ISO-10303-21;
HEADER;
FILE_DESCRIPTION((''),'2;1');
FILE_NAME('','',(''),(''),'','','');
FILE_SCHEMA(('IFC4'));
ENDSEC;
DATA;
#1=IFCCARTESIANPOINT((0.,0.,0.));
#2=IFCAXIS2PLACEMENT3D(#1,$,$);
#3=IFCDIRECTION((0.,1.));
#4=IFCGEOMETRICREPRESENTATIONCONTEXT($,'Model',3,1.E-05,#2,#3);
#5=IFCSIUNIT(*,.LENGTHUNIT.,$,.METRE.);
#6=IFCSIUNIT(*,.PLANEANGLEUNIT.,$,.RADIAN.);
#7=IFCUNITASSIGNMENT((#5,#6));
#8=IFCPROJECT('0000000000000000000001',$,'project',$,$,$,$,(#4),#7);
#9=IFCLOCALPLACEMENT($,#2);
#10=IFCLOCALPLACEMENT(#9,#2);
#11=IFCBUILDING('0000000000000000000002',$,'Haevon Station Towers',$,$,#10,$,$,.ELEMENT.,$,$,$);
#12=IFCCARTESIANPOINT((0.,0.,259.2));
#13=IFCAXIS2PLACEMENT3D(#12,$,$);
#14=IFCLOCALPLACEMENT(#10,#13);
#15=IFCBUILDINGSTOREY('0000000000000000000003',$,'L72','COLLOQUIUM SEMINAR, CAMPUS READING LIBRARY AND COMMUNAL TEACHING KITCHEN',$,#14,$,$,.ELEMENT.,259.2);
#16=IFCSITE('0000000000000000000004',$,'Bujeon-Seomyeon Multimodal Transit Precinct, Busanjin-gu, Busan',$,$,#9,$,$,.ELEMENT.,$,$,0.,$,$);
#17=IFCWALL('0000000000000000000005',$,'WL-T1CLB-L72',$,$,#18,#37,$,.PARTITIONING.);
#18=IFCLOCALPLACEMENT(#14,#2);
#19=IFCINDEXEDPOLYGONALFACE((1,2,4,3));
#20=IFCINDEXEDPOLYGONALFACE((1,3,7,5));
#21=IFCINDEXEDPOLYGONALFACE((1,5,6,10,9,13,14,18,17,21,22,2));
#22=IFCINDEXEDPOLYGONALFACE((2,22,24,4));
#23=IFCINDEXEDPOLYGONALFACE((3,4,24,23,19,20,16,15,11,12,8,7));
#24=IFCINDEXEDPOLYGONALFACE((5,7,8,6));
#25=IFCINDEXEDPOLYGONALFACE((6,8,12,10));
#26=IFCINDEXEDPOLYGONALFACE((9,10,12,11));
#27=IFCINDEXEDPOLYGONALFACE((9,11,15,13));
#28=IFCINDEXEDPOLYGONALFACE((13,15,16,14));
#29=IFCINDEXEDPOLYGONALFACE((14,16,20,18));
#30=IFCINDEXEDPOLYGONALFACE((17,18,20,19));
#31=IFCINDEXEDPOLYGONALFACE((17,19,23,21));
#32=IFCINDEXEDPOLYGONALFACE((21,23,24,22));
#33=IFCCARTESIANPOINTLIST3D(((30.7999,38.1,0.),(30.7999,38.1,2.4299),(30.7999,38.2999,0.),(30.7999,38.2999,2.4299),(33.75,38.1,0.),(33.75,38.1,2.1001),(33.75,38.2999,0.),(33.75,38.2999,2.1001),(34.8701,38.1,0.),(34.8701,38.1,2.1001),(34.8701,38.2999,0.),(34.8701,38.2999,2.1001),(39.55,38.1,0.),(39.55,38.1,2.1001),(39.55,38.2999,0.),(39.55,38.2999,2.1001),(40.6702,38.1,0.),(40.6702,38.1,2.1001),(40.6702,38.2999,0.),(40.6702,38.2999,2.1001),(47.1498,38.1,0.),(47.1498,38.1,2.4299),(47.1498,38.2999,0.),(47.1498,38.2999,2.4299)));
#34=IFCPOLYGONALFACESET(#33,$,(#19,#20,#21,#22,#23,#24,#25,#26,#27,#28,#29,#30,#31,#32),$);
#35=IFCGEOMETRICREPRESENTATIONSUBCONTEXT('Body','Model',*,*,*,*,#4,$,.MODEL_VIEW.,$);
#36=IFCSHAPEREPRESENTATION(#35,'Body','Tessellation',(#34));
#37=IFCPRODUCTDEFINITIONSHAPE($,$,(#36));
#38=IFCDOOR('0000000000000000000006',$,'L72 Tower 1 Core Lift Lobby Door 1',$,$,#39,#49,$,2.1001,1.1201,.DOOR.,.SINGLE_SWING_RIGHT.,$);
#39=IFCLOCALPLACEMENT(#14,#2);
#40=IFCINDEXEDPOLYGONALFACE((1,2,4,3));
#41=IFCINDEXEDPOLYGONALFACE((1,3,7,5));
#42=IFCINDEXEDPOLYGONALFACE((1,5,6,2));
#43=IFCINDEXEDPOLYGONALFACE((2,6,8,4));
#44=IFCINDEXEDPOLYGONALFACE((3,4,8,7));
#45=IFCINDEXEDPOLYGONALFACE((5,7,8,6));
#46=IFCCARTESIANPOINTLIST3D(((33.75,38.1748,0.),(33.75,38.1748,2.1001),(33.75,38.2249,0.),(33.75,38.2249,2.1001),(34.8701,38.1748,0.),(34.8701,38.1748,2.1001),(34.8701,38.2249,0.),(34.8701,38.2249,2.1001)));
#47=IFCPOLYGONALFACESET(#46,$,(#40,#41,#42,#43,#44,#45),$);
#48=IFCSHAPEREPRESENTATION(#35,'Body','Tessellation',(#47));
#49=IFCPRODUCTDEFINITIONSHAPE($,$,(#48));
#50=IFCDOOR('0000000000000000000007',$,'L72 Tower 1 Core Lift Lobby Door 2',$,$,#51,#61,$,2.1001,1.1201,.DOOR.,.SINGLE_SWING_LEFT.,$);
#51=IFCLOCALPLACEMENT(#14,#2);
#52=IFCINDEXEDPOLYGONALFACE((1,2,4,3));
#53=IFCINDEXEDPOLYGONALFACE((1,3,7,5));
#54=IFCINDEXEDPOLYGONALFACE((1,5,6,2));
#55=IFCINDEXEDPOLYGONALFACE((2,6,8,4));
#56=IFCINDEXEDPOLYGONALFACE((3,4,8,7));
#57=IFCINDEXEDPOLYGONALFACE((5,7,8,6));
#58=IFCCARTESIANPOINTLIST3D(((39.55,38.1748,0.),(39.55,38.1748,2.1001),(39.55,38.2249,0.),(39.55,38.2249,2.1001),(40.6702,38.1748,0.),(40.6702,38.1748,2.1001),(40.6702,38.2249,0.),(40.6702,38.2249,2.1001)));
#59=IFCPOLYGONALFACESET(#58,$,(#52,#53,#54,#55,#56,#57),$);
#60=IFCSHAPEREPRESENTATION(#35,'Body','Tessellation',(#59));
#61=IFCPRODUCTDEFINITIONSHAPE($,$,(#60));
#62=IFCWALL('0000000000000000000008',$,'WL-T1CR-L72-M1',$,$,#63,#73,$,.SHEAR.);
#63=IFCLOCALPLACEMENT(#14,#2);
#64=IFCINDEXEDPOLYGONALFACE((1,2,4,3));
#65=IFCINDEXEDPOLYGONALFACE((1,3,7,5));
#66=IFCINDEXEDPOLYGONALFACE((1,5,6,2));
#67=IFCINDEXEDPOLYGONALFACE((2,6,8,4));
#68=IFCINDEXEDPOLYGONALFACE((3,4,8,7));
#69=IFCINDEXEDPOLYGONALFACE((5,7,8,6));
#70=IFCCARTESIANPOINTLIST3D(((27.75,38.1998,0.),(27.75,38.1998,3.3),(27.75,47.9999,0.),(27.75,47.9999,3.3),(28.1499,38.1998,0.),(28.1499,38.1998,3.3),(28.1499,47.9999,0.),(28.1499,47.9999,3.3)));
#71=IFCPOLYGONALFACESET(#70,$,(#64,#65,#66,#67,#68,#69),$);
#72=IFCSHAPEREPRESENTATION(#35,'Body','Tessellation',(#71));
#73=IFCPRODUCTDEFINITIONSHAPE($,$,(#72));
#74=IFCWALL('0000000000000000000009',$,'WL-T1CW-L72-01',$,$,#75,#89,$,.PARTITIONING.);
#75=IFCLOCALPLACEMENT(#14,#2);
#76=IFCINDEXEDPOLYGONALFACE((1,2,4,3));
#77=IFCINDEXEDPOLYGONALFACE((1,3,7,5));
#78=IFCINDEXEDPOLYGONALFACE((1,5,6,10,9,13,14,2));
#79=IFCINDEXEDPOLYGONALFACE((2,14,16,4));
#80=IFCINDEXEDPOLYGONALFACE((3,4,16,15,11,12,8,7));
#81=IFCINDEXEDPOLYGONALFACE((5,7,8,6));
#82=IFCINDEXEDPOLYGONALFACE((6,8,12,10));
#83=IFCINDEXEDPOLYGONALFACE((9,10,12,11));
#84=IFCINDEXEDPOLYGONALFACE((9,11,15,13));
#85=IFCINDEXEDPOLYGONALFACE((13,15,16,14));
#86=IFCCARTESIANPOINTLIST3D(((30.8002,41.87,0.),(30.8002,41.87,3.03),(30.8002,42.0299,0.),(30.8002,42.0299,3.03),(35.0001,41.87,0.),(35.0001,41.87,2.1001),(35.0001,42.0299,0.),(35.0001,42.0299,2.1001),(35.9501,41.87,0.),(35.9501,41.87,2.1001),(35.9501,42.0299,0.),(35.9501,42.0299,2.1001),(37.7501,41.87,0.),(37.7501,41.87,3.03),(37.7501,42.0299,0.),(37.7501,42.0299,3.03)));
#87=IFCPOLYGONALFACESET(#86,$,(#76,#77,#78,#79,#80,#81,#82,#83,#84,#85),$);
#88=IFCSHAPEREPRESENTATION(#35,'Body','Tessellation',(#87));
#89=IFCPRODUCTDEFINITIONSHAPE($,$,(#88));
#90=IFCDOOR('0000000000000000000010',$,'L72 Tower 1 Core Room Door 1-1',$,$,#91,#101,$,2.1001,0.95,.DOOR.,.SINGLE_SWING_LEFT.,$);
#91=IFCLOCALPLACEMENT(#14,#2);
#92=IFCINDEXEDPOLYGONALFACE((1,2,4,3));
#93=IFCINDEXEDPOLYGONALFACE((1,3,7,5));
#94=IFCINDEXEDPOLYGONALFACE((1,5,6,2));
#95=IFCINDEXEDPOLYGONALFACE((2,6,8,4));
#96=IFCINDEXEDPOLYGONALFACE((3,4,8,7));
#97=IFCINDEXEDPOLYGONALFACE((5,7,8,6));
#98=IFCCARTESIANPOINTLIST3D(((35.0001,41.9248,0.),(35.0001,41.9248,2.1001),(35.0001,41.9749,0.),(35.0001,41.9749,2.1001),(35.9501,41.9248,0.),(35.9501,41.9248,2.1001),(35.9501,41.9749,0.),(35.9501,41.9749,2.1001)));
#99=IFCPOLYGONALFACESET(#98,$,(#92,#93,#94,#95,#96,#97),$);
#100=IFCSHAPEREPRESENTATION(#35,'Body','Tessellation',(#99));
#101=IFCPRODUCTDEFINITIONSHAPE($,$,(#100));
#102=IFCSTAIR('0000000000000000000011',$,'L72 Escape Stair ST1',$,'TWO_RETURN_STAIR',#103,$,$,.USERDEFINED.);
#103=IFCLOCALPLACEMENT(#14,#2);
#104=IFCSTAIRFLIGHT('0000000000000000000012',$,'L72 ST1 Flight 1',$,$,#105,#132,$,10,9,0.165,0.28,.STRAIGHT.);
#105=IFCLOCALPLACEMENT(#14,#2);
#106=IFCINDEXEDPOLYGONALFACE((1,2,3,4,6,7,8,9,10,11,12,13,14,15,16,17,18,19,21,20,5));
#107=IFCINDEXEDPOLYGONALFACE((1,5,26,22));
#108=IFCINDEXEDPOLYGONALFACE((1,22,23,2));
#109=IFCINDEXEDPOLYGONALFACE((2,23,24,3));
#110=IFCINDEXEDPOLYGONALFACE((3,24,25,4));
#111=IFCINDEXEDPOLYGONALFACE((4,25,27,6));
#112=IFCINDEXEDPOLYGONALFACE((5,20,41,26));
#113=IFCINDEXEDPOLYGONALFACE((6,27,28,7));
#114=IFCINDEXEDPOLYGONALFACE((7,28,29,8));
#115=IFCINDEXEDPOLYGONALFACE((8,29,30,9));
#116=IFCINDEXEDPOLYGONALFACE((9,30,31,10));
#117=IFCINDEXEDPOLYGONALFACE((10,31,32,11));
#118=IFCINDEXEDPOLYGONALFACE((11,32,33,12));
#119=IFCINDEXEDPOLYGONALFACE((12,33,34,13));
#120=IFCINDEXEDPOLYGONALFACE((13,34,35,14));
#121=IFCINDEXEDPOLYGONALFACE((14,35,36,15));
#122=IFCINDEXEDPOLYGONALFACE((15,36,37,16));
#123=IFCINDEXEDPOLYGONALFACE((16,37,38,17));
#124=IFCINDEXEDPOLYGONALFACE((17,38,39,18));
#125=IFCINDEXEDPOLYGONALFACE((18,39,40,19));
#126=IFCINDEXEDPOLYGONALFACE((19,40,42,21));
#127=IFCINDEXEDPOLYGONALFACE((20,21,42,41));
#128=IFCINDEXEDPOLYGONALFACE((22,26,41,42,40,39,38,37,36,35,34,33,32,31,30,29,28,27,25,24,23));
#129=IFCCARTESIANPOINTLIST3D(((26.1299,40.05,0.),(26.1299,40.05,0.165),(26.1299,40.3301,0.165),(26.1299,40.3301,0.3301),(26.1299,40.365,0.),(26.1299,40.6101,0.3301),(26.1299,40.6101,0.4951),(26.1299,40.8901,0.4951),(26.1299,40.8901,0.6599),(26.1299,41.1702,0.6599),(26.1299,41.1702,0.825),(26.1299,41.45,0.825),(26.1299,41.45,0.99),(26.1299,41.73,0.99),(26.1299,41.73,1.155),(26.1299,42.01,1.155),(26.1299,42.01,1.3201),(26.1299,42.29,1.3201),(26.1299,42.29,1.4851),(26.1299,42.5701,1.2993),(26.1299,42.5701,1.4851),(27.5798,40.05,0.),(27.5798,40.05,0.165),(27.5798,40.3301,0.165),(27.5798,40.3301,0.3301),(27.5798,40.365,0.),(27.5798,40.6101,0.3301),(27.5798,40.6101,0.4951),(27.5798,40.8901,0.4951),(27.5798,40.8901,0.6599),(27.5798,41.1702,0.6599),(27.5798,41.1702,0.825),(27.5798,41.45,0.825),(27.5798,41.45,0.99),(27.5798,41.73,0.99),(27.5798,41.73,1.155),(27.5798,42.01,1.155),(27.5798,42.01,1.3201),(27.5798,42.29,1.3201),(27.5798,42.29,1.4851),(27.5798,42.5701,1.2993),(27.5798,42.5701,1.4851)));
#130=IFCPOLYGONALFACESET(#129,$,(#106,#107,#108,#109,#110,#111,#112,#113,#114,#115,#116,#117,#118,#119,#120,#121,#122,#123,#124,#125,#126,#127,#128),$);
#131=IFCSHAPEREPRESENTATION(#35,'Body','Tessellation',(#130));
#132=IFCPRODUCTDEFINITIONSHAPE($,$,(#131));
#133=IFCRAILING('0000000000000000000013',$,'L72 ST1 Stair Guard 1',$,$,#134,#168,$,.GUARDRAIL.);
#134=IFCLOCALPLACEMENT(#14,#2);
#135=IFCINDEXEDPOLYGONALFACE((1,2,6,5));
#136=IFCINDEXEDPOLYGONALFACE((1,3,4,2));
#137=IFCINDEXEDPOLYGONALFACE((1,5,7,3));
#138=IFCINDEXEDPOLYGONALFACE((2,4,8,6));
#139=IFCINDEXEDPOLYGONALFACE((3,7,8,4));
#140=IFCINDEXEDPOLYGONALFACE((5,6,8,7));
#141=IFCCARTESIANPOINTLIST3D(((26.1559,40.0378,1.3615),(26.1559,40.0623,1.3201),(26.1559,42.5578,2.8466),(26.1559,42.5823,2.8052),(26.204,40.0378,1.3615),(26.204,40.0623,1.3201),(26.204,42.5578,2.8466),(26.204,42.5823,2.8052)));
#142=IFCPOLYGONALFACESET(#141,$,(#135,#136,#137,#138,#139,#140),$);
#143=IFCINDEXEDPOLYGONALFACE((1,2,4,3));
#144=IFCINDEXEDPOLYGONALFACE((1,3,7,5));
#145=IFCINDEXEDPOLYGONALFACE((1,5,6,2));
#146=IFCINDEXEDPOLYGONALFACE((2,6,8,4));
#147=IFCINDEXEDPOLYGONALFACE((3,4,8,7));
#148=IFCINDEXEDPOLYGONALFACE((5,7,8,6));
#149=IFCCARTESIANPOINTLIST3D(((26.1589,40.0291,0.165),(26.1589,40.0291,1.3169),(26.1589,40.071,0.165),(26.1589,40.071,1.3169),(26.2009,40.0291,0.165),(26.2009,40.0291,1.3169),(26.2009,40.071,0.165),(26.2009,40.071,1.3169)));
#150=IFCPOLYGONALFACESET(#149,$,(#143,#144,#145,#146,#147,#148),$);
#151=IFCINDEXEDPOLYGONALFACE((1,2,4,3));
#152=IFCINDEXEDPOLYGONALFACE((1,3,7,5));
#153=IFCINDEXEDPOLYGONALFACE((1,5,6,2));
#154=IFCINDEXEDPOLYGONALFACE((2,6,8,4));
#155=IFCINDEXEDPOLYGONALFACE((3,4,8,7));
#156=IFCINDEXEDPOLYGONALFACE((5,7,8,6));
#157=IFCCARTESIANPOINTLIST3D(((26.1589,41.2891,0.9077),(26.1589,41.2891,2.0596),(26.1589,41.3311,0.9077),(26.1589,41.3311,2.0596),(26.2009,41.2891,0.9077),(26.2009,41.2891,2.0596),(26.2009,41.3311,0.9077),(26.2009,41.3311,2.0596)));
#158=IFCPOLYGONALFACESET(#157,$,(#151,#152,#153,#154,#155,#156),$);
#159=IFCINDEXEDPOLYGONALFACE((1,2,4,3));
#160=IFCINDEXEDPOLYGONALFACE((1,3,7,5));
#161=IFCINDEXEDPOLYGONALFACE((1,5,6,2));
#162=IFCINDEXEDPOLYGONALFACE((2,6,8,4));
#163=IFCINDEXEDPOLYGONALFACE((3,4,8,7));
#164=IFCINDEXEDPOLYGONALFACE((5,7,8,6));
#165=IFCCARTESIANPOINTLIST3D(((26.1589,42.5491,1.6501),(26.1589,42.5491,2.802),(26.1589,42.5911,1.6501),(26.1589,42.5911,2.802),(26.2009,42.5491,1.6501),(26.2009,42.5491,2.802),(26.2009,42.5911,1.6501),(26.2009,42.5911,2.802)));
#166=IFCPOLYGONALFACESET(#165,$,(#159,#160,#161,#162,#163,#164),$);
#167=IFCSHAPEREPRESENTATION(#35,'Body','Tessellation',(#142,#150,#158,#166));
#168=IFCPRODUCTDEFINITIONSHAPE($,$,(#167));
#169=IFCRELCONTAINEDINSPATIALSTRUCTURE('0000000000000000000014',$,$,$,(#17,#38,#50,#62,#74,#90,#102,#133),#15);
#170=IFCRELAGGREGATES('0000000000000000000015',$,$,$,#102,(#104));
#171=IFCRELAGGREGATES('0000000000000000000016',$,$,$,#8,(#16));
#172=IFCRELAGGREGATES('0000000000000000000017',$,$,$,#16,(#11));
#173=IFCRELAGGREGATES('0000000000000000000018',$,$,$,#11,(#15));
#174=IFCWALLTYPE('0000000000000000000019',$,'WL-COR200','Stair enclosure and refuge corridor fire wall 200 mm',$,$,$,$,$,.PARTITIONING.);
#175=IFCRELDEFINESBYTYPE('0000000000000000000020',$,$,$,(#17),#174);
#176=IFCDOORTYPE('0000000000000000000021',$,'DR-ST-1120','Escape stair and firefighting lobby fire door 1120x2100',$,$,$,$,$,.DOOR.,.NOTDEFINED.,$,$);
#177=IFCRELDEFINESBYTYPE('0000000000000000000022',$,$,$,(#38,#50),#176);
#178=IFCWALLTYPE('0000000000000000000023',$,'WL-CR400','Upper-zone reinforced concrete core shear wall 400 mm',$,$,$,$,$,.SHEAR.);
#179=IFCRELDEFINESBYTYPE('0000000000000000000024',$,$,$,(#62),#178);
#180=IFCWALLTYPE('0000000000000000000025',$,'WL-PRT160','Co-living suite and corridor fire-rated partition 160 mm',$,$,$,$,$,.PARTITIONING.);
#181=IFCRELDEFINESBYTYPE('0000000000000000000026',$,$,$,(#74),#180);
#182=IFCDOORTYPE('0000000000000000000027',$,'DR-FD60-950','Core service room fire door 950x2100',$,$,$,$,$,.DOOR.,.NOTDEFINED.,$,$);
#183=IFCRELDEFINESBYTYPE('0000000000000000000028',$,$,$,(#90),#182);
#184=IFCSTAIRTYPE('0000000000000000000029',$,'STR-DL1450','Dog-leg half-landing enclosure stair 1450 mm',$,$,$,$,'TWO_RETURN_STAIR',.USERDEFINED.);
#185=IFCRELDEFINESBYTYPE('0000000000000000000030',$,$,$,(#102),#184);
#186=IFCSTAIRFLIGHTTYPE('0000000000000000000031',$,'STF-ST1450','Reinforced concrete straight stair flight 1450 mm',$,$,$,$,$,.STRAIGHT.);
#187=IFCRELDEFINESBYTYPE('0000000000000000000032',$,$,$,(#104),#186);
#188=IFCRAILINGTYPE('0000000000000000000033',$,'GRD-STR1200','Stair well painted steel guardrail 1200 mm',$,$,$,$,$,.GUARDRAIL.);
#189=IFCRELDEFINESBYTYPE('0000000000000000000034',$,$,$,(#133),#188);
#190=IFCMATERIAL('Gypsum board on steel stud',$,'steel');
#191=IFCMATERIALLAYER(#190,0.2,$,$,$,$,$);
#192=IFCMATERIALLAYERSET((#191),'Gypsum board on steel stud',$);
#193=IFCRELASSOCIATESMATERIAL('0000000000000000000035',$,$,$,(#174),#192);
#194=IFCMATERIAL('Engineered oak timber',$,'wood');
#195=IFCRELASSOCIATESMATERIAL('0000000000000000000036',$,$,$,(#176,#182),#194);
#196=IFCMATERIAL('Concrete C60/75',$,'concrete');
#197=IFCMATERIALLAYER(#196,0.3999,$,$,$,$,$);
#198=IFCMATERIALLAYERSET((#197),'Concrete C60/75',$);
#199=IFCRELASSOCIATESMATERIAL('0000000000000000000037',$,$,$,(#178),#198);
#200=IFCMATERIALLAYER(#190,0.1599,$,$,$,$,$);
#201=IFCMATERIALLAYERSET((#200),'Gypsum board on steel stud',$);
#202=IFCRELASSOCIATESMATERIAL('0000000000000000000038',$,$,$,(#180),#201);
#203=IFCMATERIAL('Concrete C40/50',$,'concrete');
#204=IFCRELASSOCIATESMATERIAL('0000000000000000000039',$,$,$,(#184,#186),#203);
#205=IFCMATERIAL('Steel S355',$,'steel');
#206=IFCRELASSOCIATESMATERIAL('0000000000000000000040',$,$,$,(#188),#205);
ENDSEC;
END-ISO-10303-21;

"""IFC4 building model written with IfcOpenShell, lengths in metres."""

from ifc_helpers import new_model, si_unit, direction, frame, frame_2d, origin, origin_2d, place, context, subcontext, project, spatial, polyline, rectangle, outline, extrude, material, layer, layer_set, type_object, element, fill, aggregate, save


model = new_model("IFC4")

# Units and contexts
model_context = context("Model", 3, precision=1e-05, world=origin(), true_north=direction((0.0, 1.0)))
body_context = subcontext(model_context, "Body", "Model", "MODEL_VIEW")
ifc_project = project(units=[si_unit("LENGTHUNIT", "METRE"), si_unit("PLANEANGLEUNIT", "RADIAN")], contexts=[model_context])

# Site, building, storey
site_placement = place(None, origin())
site = spatial("IfcSite", under=ifc_project, at=site_placement, Name="Bujeon-Seomyeon Multimodal Transit Precinct, Busanjin-gu, Busan", CompositionType="ELEMENT", RefElevation=0.0)
building_placement = place(site_placement, origin())
building = spatial("IfcBuilding", under=site, at=building_placement, Name="Haevon Station Towers", CompositionType="ELEMENT")
storey_placement = place(building_placement, frame((0.0, 0.0, 259.2)))
storey = spatial("IfcBuildingStorey", under=building, at=storey_placement, Name="L72", Description="COLLOQUIUM SEMINAR, CAMPUS READING LIBRARY AND COMMUNAL TEACHING KITCHEN", CompositionType="ELEMENT", Elevation=259.2)

# Shared definitions
ifc_material_1 = material(Name="Steel S355", Category="steel")

# Shared definitions
ifc_material_2 = material(Name="Gypsum board on steel stud", Category="steel")
ifc_layer_1 = layer(ifc_material_2, 0.2)
ifc_layer_set_1 = layer_set([ifc_layer_1], Name="Gypsum board on steel stud")
wall_type_1 = type_object("IfcWallType", Name="WL-COR200", Description="Stair enclosure and refuge corridor fire wall 200 mm", PredefinedType="PARTITIONING", material=ifc_layer_set_1)
ifc_material_3 = material(Name="Engineered oak timber", Category="wood")

# Wall, openings, doors
wall_1_placement = place(storey_placement, frame((30.8, 38.2, 0.0), z_axis=(0.0, 0.0, 1.0), x_axis=(1.0, 0.0, 0.0)))
wall_1 = element("IfcWall", 1, at=wall_1_placement, inside=storey, type_object=wall_type_1, Name="WL-T1CLB-L72", PredefinedType="PARTITIONING", context=body_context, shape_type="SweptSolid", body=[
    extrude(rectangle(XDim=16.3499, YDim=0.2, at=frame_2d((8.1748, 0.0))), origin(), (0.0, 0.0, 1.0), 2.4299),
])
opening_1_placement = place(wall_1_placement, frame((2.95, 0.0, 0.0)))
opening_1 = element("IfcOpeningElement", 2, at=opening_1_placement, cuts=wall_1, PredefinedType="OPENING", context=body_context, shape_type="SweptSolid", body=[
    extrude(rectangle(XDim=1.1201, YDim=2.1001, at=frame_2d((0.5601, 1.05))), frame((0.0, 0.1099, 0.0), z_axis=(0.0, -1.0, 0.0), x_axis=(1.0, 0.0, 0.0)), (0.0, 0.0, 1.0), 0.22),
])
opening_2_placement = place(wall_1_placement, frame((8.75, 0.0, 0.0)))
opening_2 = element("IfcOpeningElement", 3, at=opening_2_placement, cuts=wall_1, PredefinedType="OPENING", context=body_context, shape_type="SweptSolid", body=[
    extrude(rectangle(XDim=1.1201, YDim=2.1001, at=frame_2d((0.5601, 1.05))), frame((0.0, 0.1099, 0.0), z_axis=(0.0, -1.0, 0.0), x_axis=(1.0, 0.0, 0.0)), (0.0, 0.0, 1.0), 0.22),
])
door_type_1 = type_object("IfcDoorType", Name="DR-ST-1120", Description="Escape stair and firefighting lobby fire door 1120x2100", OperationType="NOTDEFINED", PredefinedType="DOOR", material=ifc_material_3)
door_1_placement = place(opening_1_placement, origin())
door_1 = element("IfcDoor", 4, at=door_1_placement, inside=storey, type_object=door_type_1, Name="L72 Tower 1 Core Lift Lobby Door 1", OperationType="SINGLE_SWING_RIGHT", OverallHeight=2.1001, OverallWidth=1.1201, PredefinedType="DOOR", context=body_context, shape_type="SweptSolid", body=[
    extrude(rectangle(XDim=1.1201, YDim=2.1001, at=frame_2d((0.5601, 1.05))), frame((0.0, 0.0249, 0.0), z_axis=(0.0, -1.0, 0.0), x_axis=(1.0, 0.0, 0.0)), (0.0, 0.0, 1.0), 0.05),
])
fill(opening_1, door_1)
door_2_placement = place(opening_2_placement, origin())
door_2 = element("IfcDoor", 5, at=door_2_placement, inside=storey, type_object=door_type_1, Name="L72 Tower 1 Core Lift Lobby Door 2", OperationType="SINGLE_SWING_LEFT", OverallHeight=2.1001, OverallWidth=1.1201, PredefinedType="DOOR", context=body_context, shape_type="SweptSolid", body=[
    extrude(rectangle(XDim=1.1201, YDim=2.1001, at=frame_2d((0.5601, 1.05))), frame((0.0, 0.0249, 0.0), z_axis=(0.0, -1.0, 0.0), x_axis=(1.0, 0.0, 0.0)), (0.0, 0.0, 1.0), 0.05),
])
fill(opening_2, door_2)

# Wall
ifc_material_4 = material(Name="Concrete C60/75", Category="concrete")
ifc_layer_2 = layer(ifc_material_4, 0.3999)
ifc_layer_set_2 = layer_set([ifc_layer_2], Name="Concrete C60/75")
wall_type_2 = type_object("IfcWallType", Name="WL-CR400", Description="Upper-zone reinforced concrete core shear wall 400 mm", PredefinedType="SHEAR", material=ifc_layer_set_2)
wall_2_placement = place(storey_placement, frame((27.95, 38.2, 0.0), z_axis=(0.0, 0.0, 1.0), x_axis=(0.0, 1.0, 0.0)))
element("IfcWall", 6, at=wall_2_placement, inside=storey, type_object=wall_type_2, Name="WL-T1CR-L72-M1", PredefinedType="SHEAR", context=body_context, shape_type="SweptSolid", body=[
    extrude(rectangle(XDim=9.8, YDim=0.3999, at=frame_2d((4.8999, 0.0))), origin(), (0.0, 0.0, 1.0), 3.3),
])

# Wall, opening, door
ifc_layer_3 = layer(ifc_material_2, 0.1599)
ifc_layer_set_3 = layer_set([ifc_layer_3], Name="Gypsum board on steel stud")
wall_type_3 = type_object("IfcWallType", Name="WL-PRT160", Description="Co-living suite and corridor fire-rated partition 160 mm", PredefinedType="PARTITIONING", material=ifc_layer_set_3)
wall_3_placement = place(storey_placement, frame((30.8, 41.95, 0.0), z_axis=(0.0, 0.0, 1.0), x_axis=(1.0, 0.0, 0.0)))
wall_3 = element("IfcWall", 7, at=wall_3_placement, inside=storey, type_object=wall_type_3, Name="WL-T1CW-L72-01", PredefinedType="PARTITIONING", context=body_context, shape_type="SweptSolid", body=[
    extrude(rectangle(XDim=6.95, YDim=0.1599, at=frame_2d((3.4751, 0.0))), origin(), (0.0, 0.0, 1.0), 3.03),
])
opening_3_placement = place(wall_3_placement, frame((4.2, 0.0, 0.0)))
opening_3 = element("IfcOpeningElement", 8, at=opening_3_placement, cuts=wall_3, PredefinedType="OPENING", context=body_context, shape_type="SweptSolid", body=[
    extrude(rectangle(XDim=0.95, YDim=2.1001, at=frame_2d((0.4751, 1.05))), frame((0.0, 0.0898, 0.0), z_axis=(0.0, -1.0, 0.0), x_axis=(1.0, 0.0, 0.0)), (0.0, 0.0, 1.0), 0.1799),
])
door_type_2 = type_object("IfcDoorType", Name="DR-FD60-950", Description="Core service room fire door 950x2100", OperationType="NOTDEFINED", PredefinedType="DOOR", material=ifc_material_3)
door_3_placement = place(opening_3_placement, origin())
door_3 = element("IfcDoor", 9, at=door_3_placement, inside=storey, type_object=door_type_2, Name="L72 Tower 1 Core Room Door 1-1", OperationType="SINGLE_SWING_LEFT", OverallHeight=2.1001, OverallWidth=0.95, PredefinedType="DOOR", context=body_context, shape_type="SweptSolid", body=[
    extrude(rectangle(XDim=0.95, YDim=2.1001, at=frame_2d((0.4751, 1.05))), frame((0.0, 0.0249, 0.0), z_axis=(0.0, -1.0, 0.0), x_axis=(1.0, 0.0, 0.0)), (0.0, 0.0, 1.0), 0.05),
])
fill(opening_3, door_3)

# Stair, stair flight
ifc_material_5 = material(Name="Concrete C40/50", Category="concrete")
stair_type = type_object("IfcStairType", Name="STR-DL1450", Description="Dog-leg half-landing enclosure stair 1450 mm", ElementType="TWO_RETURN_STAIR", PredefinedType="USERDEFINED", material=ifc_material_5)
stair_placement = place(storey_placement, origin())
stair = element("IfcStair", 10, at=stair_placement, inside=storey, type_object=stair_type, Name="L72 Escape Stair ST1", ObjectType="TWO_RETURN_STAIR", PredefinedType="USERDEFINED")
stair_flight_type = type_object("IfcStairFlightType", Name="STF-ST1450", Description="Reinforced concrete straight stair flight 1450 mm", PredefinedType="STRAIGHT", material=ifc_material_5)
stair_flight_placement = place(storey_placement, frame((26.855, 40.05, 0.0), z_axis=(0.0, 0.0, 1.0), x_axis=(0.0, 1.0, 0.0)))
stair_flight = element("IfcStairFlight", 11, at=stair_flight_placement, type_object=stair_flight_type, Name="L72 ST1 Flight 1", NumberOfRisers=10, NumberOfTreads=9, PredefinedType="STRAIGHT", RiserHeight=0.165, TreadLength=0.28, context=body_context, shape_type="SweptSolid", body=[
    extrude(outline(polyline([(0.0, 0.0), (0.0, 0.165), (0.28, 0.165), (0.28, 0.3301), (0.5601, 0.3301), (0.5601, 0.4951), (0.8401, 0.4951), (0.8401, 0.6599), (1.1201, 0.6599), (1.1201, 0.825), (1.3999, 0.825), (1.3999, 0.99), (1.6799, 0.99), (1.6799, 1.155), (1.96, 1.155), (1.96, 1.3201), (2.24, 1.3201), (2.24, 1.4851), (2.52, 1.4851), (2.52, 1.6499), (2.52, 1.2993), (0.3149, 0.0), (0.0, 0.0)])), frame((0.0, 0.7251, 0.0), z_axis=(0.0, -1.0, 0.0), x_axis=(1.0, 0.0, 0.0)), (0.0, 0.0, 1.0), 1.45),
])
aggregate(stair, [stair_flight])

# Railing
railing_type_1 = type_object("IfcRailingType", Name="GRD-STR1200", Description="Stair well painted steel guardrail 1200 mm", PredefinedType="GUARDRAIL", material=ifc_material_1)
railing_1_placement = place(storey_placement, frame((26.1799, 40.05, 0.165)))
element("IfcRailing", 12, at=railing_1_placement, inside=storey, type_object=railing_type_1, Name="L72 ST1 Stair Guard 1", PredefinedType="GUARDRAIL", context=body_context, shape_type="SweptSolid", body=[
    extrude(rectangle(XDim=0.0481, YDim=0.0481, at=origin_2d()), frame((0.0, 0.0, 1.1758), z_axis=(0.0, 0.861524, 0.507717), x_axis=(-1.0, 0.0, 0.0)), (0.0, 0.0, 1.0), 2.925),
    extrude(rectangle(XDim=0.042, YDim=0.042, at=origin_2d()), origin(), (0.0, 0.0, 1.0), 1.1519),
    extrude(rectangle(XDim=0.042, YDim=0.042, at=origin_2d()), frame((0.0, 1.26, 0.7427)), (0.0, 0.0, 1.0), 1.1519),
    extrude(rectangle(XDim=0.042, YDim=0.042, at=origin_2d()), frame((0.0, 2.52, 1.4851)), (0.0, 0.0, 1.0), 1.1519),
])

save(model, "model.ifc")
